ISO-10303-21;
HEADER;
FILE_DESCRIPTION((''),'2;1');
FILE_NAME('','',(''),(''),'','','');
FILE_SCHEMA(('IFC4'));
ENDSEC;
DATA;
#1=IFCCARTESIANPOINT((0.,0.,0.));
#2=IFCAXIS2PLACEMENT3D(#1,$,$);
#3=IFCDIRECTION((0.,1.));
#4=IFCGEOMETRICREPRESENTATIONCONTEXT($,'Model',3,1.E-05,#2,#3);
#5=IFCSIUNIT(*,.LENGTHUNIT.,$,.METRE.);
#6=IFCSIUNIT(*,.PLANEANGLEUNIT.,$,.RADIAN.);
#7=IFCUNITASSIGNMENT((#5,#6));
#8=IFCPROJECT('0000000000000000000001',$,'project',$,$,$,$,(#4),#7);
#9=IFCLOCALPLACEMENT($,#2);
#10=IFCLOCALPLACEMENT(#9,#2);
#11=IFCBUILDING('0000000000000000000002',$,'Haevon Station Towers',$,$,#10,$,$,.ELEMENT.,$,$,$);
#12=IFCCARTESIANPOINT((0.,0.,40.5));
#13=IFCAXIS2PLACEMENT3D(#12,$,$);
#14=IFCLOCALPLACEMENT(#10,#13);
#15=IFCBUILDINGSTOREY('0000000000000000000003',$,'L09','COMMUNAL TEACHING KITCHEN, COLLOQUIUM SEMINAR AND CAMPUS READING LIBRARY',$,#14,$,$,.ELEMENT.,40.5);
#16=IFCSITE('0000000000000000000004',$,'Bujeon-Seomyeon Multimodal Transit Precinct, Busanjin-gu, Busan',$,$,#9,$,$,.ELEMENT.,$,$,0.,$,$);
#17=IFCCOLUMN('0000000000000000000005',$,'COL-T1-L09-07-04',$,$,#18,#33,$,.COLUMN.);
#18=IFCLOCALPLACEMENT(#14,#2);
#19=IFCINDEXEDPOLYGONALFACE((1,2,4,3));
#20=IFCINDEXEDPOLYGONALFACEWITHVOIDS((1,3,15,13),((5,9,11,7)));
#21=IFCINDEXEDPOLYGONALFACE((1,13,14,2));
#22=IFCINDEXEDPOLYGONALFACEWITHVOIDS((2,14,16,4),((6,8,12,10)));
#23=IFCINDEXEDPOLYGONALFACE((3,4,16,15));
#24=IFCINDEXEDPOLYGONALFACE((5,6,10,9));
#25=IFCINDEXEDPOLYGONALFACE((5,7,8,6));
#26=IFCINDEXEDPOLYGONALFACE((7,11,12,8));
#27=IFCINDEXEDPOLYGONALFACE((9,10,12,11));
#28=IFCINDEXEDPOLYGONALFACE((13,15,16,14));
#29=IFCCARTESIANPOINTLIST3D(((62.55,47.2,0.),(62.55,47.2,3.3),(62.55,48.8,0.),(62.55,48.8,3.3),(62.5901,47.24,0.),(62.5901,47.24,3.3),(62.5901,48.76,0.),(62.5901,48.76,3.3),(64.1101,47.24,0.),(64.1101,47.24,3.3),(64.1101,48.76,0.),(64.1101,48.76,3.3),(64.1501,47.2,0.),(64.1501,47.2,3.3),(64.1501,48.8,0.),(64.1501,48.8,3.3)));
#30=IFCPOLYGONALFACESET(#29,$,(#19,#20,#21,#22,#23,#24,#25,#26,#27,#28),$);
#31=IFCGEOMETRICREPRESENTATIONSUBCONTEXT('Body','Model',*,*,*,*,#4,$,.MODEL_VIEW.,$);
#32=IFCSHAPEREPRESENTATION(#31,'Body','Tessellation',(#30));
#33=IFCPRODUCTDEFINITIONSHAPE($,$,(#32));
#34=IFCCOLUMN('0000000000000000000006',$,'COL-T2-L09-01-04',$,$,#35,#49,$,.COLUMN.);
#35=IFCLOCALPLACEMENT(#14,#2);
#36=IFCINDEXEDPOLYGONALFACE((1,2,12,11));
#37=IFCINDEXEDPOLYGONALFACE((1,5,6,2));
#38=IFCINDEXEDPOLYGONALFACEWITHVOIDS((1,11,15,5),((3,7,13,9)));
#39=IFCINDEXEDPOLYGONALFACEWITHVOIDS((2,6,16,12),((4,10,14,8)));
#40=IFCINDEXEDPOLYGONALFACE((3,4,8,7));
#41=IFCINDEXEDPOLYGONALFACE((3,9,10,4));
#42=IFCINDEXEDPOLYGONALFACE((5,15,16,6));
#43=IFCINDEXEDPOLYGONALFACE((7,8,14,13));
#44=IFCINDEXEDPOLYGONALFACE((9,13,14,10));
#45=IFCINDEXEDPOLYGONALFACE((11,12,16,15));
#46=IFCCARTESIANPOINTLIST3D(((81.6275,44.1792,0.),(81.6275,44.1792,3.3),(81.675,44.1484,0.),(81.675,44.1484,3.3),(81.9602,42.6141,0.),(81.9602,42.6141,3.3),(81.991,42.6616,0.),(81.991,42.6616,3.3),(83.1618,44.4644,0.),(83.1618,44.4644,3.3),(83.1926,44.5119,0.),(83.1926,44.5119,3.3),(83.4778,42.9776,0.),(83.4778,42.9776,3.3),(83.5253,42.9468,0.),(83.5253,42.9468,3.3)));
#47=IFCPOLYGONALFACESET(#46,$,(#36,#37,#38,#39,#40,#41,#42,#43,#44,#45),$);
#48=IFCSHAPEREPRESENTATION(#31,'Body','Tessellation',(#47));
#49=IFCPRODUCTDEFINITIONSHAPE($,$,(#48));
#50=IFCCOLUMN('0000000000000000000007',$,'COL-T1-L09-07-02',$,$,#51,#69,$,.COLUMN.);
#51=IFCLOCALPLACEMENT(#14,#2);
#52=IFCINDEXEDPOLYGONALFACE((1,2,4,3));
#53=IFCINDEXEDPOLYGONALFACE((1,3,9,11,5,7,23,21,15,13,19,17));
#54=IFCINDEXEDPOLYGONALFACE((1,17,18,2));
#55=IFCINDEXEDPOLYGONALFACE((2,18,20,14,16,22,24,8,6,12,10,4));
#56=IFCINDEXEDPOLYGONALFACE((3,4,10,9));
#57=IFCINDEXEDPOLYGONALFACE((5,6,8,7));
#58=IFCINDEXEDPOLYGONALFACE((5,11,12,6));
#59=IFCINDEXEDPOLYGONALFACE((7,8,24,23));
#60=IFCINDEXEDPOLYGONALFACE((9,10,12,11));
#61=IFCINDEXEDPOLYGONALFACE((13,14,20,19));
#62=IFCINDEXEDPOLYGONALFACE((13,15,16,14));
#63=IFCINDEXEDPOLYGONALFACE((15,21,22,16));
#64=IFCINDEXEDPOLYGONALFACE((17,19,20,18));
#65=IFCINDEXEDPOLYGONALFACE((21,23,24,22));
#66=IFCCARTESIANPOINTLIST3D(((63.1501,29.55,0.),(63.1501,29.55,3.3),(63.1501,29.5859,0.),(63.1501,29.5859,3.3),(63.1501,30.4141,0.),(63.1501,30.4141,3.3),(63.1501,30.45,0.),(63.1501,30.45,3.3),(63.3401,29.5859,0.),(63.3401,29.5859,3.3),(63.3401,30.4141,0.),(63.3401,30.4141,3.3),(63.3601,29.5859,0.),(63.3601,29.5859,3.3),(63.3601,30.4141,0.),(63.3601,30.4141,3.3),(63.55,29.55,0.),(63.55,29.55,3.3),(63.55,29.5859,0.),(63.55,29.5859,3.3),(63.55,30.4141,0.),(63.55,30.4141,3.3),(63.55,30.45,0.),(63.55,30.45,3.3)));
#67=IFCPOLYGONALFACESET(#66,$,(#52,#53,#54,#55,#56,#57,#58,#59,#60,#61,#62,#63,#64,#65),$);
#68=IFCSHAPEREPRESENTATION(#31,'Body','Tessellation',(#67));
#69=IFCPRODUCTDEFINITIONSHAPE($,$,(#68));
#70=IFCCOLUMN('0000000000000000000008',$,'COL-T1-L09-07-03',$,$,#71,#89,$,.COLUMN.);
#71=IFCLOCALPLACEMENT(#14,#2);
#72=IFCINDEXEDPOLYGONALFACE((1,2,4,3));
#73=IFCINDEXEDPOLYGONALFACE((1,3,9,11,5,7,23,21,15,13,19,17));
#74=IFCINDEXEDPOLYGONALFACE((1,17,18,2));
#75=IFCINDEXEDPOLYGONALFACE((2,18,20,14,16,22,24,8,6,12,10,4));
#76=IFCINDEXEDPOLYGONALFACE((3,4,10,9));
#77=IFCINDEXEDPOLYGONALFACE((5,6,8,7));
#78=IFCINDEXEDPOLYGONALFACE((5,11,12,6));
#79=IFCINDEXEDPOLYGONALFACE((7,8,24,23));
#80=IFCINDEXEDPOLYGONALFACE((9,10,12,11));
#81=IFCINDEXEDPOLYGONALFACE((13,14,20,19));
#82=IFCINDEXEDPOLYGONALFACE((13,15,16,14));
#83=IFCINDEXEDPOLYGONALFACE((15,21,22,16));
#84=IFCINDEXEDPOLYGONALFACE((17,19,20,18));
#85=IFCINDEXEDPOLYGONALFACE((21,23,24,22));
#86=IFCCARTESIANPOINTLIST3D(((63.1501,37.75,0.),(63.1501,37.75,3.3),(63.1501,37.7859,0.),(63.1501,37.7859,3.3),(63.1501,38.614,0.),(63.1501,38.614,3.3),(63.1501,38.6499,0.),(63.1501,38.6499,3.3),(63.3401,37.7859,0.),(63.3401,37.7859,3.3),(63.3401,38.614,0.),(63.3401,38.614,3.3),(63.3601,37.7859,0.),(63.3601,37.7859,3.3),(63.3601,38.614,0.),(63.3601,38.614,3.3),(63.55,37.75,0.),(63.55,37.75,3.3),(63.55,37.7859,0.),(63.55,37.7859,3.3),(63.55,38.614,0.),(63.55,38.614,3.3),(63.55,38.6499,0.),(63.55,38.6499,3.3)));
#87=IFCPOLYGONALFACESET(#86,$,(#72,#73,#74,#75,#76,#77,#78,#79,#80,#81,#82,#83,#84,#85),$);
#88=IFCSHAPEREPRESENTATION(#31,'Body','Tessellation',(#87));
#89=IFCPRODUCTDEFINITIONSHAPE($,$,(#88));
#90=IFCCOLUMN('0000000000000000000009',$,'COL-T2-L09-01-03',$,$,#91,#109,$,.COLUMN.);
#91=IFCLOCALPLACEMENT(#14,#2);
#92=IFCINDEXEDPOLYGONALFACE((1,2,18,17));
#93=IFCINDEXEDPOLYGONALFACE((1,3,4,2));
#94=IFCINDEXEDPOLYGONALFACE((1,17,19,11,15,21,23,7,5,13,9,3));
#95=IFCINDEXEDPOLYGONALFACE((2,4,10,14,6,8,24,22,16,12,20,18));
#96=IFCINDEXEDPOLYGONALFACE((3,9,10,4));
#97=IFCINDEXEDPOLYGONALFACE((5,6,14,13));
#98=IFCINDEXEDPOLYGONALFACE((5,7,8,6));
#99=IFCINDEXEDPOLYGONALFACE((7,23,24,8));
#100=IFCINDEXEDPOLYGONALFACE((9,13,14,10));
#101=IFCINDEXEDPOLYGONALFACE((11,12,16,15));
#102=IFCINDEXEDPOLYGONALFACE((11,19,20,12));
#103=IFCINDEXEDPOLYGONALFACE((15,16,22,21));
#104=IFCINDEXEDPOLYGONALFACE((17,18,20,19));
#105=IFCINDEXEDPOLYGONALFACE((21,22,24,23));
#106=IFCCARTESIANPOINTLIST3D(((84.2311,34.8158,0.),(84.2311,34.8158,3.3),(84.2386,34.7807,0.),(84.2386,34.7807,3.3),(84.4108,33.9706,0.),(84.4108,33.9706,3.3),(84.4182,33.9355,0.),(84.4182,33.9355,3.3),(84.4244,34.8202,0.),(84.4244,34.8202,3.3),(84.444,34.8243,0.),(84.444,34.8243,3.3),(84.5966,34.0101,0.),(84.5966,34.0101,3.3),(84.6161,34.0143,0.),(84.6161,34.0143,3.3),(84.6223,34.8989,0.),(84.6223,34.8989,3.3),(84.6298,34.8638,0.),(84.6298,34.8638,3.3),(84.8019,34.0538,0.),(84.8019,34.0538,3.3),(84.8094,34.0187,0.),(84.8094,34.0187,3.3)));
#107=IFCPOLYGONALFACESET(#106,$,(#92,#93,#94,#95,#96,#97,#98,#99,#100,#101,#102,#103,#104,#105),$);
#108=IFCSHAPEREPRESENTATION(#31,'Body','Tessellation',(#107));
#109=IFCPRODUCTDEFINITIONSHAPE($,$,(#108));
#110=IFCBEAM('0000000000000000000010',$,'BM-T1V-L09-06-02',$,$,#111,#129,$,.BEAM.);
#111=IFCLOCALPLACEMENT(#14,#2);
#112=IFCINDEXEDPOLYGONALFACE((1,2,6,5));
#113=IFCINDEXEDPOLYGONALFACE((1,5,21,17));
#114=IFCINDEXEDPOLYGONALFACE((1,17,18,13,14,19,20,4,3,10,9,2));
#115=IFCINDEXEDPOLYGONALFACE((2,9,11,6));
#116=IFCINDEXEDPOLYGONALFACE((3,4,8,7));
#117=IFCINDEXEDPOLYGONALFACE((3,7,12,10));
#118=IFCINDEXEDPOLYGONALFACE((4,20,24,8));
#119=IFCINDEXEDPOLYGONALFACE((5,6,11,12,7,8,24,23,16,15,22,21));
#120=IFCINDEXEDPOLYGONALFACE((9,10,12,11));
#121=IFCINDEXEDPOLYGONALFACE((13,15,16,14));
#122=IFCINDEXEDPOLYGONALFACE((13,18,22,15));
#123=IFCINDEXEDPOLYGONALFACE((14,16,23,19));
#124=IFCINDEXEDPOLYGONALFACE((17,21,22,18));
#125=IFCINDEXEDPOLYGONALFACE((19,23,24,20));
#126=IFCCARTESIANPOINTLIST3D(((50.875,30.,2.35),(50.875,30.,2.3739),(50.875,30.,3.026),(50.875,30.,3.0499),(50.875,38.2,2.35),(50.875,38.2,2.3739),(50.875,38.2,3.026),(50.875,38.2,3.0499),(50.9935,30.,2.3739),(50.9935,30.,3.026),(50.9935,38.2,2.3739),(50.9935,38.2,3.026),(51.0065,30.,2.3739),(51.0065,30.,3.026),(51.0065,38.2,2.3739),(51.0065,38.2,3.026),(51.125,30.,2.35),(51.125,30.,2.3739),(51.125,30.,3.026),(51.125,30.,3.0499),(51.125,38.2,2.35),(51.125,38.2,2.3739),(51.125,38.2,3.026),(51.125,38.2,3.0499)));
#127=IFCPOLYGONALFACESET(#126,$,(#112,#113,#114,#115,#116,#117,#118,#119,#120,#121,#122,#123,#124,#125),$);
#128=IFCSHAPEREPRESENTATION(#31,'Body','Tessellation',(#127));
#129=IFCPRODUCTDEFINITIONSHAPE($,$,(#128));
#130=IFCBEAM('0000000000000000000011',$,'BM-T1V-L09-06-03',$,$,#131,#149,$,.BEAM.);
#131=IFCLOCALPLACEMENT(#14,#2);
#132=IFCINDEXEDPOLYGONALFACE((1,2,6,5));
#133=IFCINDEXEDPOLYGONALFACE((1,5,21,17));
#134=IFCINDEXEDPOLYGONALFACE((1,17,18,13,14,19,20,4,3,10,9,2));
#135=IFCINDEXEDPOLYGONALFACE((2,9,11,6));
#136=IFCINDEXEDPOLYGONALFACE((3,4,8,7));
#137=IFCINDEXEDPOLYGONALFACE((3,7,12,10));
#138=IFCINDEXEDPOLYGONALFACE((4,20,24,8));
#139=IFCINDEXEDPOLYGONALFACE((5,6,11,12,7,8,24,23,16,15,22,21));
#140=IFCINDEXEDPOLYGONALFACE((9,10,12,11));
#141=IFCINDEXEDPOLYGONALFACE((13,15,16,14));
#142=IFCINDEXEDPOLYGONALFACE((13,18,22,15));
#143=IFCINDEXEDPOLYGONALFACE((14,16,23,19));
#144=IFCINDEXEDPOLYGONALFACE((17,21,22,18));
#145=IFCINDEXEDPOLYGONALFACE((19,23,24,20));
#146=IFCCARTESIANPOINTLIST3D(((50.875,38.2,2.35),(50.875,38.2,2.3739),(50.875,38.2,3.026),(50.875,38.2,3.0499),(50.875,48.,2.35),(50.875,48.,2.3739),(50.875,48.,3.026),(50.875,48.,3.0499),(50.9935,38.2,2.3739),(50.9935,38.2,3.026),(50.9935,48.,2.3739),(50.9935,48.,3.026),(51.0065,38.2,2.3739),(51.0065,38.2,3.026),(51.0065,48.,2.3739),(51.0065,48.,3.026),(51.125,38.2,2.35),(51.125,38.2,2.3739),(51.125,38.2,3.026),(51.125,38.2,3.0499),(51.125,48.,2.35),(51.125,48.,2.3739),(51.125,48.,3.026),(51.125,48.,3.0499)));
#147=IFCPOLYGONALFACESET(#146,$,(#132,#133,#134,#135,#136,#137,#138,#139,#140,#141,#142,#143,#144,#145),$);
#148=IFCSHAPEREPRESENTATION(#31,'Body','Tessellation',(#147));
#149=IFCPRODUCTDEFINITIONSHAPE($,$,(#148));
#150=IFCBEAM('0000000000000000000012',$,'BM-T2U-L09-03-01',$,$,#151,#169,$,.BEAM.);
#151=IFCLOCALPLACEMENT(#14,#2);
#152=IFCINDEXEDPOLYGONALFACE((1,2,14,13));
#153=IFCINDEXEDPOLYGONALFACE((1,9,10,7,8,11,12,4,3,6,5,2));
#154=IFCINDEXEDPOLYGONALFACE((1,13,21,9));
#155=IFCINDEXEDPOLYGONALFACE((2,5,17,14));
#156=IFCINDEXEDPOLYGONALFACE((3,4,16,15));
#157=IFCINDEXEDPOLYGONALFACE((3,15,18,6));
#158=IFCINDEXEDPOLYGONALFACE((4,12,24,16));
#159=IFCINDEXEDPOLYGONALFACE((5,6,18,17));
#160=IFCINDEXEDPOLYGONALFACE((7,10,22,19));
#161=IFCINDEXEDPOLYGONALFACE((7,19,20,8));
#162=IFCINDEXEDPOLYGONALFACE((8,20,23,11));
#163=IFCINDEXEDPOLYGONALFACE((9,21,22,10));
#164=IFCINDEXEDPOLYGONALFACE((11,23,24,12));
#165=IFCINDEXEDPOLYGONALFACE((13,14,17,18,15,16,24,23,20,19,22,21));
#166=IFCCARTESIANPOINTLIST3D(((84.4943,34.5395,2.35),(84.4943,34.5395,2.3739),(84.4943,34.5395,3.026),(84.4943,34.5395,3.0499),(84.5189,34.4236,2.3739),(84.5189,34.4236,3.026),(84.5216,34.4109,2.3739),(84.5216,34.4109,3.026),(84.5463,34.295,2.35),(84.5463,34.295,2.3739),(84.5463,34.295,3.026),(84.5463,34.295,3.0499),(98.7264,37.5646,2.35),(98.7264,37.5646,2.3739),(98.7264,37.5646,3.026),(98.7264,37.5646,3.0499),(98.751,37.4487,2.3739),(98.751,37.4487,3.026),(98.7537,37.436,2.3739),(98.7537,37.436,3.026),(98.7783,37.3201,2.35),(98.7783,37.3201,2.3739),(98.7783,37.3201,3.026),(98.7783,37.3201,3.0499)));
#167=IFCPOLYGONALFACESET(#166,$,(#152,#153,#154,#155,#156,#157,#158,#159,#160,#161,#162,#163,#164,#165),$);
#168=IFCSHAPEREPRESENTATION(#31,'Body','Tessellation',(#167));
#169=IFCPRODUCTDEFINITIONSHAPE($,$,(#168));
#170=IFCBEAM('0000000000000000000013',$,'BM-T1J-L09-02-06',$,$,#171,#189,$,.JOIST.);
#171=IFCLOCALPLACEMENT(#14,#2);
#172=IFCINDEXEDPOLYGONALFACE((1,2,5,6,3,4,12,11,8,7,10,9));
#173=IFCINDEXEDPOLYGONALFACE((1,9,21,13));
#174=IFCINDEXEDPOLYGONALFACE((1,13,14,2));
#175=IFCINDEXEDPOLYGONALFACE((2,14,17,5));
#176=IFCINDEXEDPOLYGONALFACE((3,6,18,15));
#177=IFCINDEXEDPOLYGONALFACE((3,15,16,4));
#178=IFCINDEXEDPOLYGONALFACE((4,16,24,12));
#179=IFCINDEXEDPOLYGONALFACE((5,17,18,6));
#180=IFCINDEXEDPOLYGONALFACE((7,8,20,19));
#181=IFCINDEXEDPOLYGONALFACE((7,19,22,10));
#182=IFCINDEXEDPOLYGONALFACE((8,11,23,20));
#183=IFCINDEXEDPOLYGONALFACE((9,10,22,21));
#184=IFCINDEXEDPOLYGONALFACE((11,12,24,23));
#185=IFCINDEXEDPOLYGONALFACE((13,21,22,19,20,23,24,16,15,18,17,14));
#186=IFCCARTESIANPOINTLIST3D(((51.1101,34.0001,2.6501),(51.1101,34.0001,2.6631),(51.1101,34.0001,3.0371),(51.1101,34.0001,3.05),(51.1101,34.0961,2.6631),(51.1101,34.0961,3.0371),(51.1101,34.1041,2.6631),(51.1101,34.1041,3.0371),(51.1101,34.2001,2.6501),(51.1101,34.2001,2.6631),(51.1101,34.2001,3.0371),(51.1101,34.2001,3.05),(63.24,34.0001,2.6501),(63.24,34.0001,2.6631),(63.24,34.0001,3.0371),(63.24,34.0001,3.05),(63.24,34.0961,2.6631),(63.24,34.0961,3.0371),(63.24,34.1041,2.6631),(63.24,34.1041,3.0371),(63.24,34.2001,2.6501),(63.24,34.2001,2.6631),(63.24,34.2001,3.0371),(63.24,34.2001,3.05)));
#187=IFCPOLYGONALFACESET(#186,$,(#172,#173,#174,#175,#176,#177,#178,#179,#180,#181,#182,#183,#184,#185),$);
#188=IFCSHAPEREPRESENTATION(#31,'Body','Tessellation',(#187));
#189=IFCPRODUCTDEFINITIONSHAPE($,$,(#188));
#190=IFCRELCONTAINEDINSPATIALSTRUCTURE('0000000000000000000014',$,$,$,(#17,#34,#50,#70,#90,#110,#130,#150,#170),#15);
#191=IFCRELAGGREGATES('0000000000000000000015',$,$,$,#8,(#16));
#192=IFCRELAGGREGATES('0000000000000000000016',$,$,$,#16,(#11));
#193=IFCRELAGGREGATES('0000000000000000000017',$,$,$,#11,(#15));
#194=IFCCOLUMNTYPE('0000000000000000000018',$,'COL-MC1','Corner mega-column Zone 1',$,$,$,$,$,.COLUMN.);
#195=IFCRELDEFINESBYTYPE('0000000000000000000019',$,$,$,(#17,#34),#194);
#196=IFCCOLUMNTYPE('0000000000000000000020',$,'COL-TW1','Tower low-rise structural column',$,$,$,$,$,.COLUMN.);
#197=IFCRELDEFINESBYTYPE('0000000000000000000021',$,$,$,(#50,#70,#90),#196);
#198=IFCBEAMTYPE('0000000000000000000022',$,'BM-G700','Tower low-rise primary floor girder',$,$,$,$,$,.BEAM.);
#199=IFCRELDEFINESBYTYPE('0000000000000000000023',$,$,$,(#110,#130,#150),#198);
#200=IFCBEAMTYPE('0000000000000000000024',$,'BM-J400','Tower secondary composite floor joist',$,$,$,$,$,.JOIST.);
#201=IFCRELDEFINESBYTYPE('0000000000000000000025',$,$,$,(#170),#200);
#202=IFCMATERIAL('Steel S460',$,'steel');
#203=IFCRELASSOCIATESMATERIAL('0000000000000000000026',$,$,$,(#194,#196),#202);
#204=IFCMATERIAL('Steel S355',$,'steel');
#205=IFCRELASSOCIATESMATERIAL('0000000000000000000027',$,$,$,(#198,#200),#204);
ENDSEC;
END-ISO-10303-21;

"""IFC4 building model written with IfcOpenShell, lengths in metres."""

from ifc_helpers import new_model, si_unit, direction, frame, origin, origin_2d, place, context, subcontext, project, spatial, hollow_rectangle, i_section, extrude, material, material_profile, profile_set, type_object, element, save


model = new_model("IFC4")

# Units and contexts
model_context = context("Model", 3, precision=1e-05, world=origin(), true_north=direction((0.0, 1.0)))
body_context = subcontext(model_context, "Body", "Model", "MODEL_VIEW")
ifc_project = project(units=[si_unit("LENGTHUNIT", "METRE"), si_unit("PLANEANGLEUNIT", "RADIAN")], contexts=[model_context])

# Site, building, storey
site_placement = place(None, origin())
site = spatial("IfcSite", under=ifc_project, at=site_placement, Name="Bujeon-Seomyeon Multimodal Transit Precinct, Busanjin-gu, Busan", CompositionType="ELEMENT", RefElevation=0.0)
building_placement = place(site_placement, origin())
building = spatial("IfcBuilding", under=site, at=building_placement, Name="Haevon Station Towers", CompositionType="ELEMENT")
storey_placement = place(building_placement, frame((0.0, 0.0, 40.5)))
storey = spatial("IfcBuildingStorey", under=building, at=storey_placement, Name="L09", Description="COMMUNAL TEACHING KITCHEN, COLLOQUIUM SEMINAR AND CAMPUS READING LIBRARY", CompositionType="ELEMENT", Elevation=40.5)

# Columns
ifc_material_1 = material(Name="Steel S460", Category="steel")
ifc_material_profile_1 = material_profile(ifc_material_1, hollow_rectangle(XDim=1.6001, YDim=1.6001, WallThickness=0.04, at=origin_2d()), Name="BOX-1600x1600x40")
ifc_profile_set_1 = profile_set([ifc_material_profile_1], Name="Steel S460")
column_type_1 = type_object("IfcColumnType", Name="COL-MC1", Description="Corner mega-column Zone 1", PredefinedType="COLUMN", material=ifc_profile_set_1)
for number, where, z_axis, x_axis, name in (
    (1, (63.3501, 48.0, 0.0), (0.0, 0.0, 1.0), (1.0, 0.0, 0.0), "COL-T1-L09-07-04"),
    (2, (82.5764, 43.563, 0.0), (0.0, 0.0, 1.0), (0.978148, 0.207912, 0.0), "COL-T2-L09-01-04"),
):
    element("IfcColumn", number, at=place(storey_placement, frame(where, z_axis=z_axis, x_axis=x_axis)), inside=storey, type_object=column_type_1, Name=name, PredefinedType="COLUMN", context=body_context, shape_type="SweptSolid", body=[
        extrude(hollow_rectangle(XDim=1.6001, YDim=1.6001, WallThickness=0.04, at=origin_2d()), origin(), (0.0, 0.0, 1.0), 3.3),
    ])
ifc_material_profile_2 = material_profile(ifc_material_1, i_section(OverallWidth=0.3999, OverallDepth=0.8999, WebThickness=0.02, FlangeThickness=0.0359, at=origin_2d()), Name="H-900x400x20x36")
ifc_profile_set_2 = profile_set([ifc_material_profile_2], Name="Steel S460")
column_type_2 = type_object("IfcColumnType", Name="COL-TW1", Description="Tower low-rise structural column", PredefinedType="COLUMN", material=ifc_profile_set_2)
for number, where, z_axis, x_axis, name in (
    (3, (63.3501, 30.0, 0.0), (0.0, 0.0, 1.0), (1.0, 0.0, 0.0), "COL-T1-L09-07-02"),
    (4, (63.3501, 38.2, 0.0), (0.0, 0.0, 1.0), (1.0, 0.0, 0.0), "COL-T1-L09-07-03"),
    (5, (84.5203, 34.4172, 0.0), (0.0, 0.0, 1.0), (0.978148, 0.207912, 0.0), "COL-T2-L09-01-03"),
):
    element("IfcColumn", number, at=place(storey_placement, frame(where, z_axis=z_axis, x_axis=x_axis)), inside=storey, type_object=column_type_2, Name=name, PredefinedType="COLUMN", context=body_context, shape_type="SweptSolid", body=[
        extrude(i_section(OverallWidth=0.3999, OverallDepth=0.8999, WebThickness=0.02, FlangeThickness=0.0359, at=origin_2d()), origin(), (0.0, 0.0, 1.0), 3.3),
    ])

# Beams
ifc_material_2 = material(Name="Steel S355", Category="steel")
ifc_material_profile_3 = material_profile(ifc_material_2, i_section(OverallWidth=0.25, OverallDepth=0.7, WebThickness=0.0129, FlangeThickness=0.0239, at=origin_2d()), Name="H-700x250x13x24")
ifc_profile_set_3 = profile_set([ifc_material_profile_3], Name="Steel S355")
beam_type_1 = type_object("IfcBeamType", Name="BM-G700", Description="Tower low-rise primary floor girder", PredefinedType="BEAM", material=ifc_profile_set_3)
beam_1_placement = place(storey_placement, frame((51.0, 30.0, 2.7), z_axis=(0.0, 1.0, 0.0), x_axis=(-1.0, 0.0, 0.0)))
element("IfcBeam", 6, at=beam_1_placement, inside=storey, type_object=beam_type_1, Name="BM-T1V-L09-06-02", PredefinedType="BEAM", context=body_context, shape_type="SweptSolid", body=[
    extrude(i_section(OverallWidth=0.25, OverallDepth=0.7, WebThickness=0.0129, FlangeThickness=0.0239, at=origin_2d()), origin(), (0.0, 0.0, 1.0), 8.2),
])
beam_2_placement = place(storey_placement, frame((51.0, 38.2, 2.7), z_axis=(0.0, 1.0, 0.0), x_axis=(-1.0, 0.0, 0.0)))
element("IfcBeam", 7, at=beam_2_placement, inside=storey, type_object=beam_type_1, Name="BM-T1V-L09-06-03", PredefinedType="BEAM", context=body_context, shape_type="SweptSolid", body=[
    extrude(i_section(OverallWidth=0.25, OverallDepth=0.7, WebThickness=0.0129, FlangeThickness=0.0239, at=origin_2d()), origin(), (0.0, 0.0, 1.0), 9.8),
])
beam_3_placement = place(storey_placement, frame((84.5203, 34.4172, 2.7), z_axis=(0.978148, 0.207912, 0.0), x_axis=(-0.207912, 0.978148, 0.0)))
element("IfcBeam", 8, at=beam_3_placement, inside=storey, type_object=beam_type_1, Name="BM-T2U-L09-03-01", PredefinedType="BEAM", context=body_context, shape_type="SweptSolid", body=[
    extrude(i_section(OverallWidth=0.25, OverallDepth=0.7, WebThickness=0.0129, FlangeThickness=0.0239, at=origin_2d()), origin(), (0.0, 0.0, 1.0), 14.55),
])
ifc_material_profile_4 = material_profile(ifc_material_2, i_section(OverallWidth=0.2, OverallDepth=0.3999, WebThickness=0.0081, FlangeThickness=0.0129, at=origin_2d()), Name="H-400x200x8x13")
ifc_profile_set_4 = profile_set([ifc_material_profile_4], Name="Steel S355")
beam_type_2 = type_object("IfcBeamType", Name="BM-J400", Description="Tower secondary composite floor joist", PredefinedType="JOIST", material=ifc_profile_set_4)
beam_4_placement = place(storey_placement, frame((51.1101, 34.1001, 2.8501), z_axis=(1.0, 0.0, 0.0), x_axis=(0.0, 1.0, 0.0)))
element("IfcBeam", 9, at=beam_4_placement, inside=storey, type_object=beam_type_2, Name="BM-T1J-L09-02-06", PredefinedType="JOIST", context=body_context, shape_type="SweptSolid", body=[
    extrude(i_section(OverallWidth=0.2, OverallDepth=0.3999, WebThickness=0.0081, FlangeThickness=0.0129, at=origin_2d()), origin(), (0.0, 0.0, 1.0), 12.1299),
])

save(model, "model.ifc")
